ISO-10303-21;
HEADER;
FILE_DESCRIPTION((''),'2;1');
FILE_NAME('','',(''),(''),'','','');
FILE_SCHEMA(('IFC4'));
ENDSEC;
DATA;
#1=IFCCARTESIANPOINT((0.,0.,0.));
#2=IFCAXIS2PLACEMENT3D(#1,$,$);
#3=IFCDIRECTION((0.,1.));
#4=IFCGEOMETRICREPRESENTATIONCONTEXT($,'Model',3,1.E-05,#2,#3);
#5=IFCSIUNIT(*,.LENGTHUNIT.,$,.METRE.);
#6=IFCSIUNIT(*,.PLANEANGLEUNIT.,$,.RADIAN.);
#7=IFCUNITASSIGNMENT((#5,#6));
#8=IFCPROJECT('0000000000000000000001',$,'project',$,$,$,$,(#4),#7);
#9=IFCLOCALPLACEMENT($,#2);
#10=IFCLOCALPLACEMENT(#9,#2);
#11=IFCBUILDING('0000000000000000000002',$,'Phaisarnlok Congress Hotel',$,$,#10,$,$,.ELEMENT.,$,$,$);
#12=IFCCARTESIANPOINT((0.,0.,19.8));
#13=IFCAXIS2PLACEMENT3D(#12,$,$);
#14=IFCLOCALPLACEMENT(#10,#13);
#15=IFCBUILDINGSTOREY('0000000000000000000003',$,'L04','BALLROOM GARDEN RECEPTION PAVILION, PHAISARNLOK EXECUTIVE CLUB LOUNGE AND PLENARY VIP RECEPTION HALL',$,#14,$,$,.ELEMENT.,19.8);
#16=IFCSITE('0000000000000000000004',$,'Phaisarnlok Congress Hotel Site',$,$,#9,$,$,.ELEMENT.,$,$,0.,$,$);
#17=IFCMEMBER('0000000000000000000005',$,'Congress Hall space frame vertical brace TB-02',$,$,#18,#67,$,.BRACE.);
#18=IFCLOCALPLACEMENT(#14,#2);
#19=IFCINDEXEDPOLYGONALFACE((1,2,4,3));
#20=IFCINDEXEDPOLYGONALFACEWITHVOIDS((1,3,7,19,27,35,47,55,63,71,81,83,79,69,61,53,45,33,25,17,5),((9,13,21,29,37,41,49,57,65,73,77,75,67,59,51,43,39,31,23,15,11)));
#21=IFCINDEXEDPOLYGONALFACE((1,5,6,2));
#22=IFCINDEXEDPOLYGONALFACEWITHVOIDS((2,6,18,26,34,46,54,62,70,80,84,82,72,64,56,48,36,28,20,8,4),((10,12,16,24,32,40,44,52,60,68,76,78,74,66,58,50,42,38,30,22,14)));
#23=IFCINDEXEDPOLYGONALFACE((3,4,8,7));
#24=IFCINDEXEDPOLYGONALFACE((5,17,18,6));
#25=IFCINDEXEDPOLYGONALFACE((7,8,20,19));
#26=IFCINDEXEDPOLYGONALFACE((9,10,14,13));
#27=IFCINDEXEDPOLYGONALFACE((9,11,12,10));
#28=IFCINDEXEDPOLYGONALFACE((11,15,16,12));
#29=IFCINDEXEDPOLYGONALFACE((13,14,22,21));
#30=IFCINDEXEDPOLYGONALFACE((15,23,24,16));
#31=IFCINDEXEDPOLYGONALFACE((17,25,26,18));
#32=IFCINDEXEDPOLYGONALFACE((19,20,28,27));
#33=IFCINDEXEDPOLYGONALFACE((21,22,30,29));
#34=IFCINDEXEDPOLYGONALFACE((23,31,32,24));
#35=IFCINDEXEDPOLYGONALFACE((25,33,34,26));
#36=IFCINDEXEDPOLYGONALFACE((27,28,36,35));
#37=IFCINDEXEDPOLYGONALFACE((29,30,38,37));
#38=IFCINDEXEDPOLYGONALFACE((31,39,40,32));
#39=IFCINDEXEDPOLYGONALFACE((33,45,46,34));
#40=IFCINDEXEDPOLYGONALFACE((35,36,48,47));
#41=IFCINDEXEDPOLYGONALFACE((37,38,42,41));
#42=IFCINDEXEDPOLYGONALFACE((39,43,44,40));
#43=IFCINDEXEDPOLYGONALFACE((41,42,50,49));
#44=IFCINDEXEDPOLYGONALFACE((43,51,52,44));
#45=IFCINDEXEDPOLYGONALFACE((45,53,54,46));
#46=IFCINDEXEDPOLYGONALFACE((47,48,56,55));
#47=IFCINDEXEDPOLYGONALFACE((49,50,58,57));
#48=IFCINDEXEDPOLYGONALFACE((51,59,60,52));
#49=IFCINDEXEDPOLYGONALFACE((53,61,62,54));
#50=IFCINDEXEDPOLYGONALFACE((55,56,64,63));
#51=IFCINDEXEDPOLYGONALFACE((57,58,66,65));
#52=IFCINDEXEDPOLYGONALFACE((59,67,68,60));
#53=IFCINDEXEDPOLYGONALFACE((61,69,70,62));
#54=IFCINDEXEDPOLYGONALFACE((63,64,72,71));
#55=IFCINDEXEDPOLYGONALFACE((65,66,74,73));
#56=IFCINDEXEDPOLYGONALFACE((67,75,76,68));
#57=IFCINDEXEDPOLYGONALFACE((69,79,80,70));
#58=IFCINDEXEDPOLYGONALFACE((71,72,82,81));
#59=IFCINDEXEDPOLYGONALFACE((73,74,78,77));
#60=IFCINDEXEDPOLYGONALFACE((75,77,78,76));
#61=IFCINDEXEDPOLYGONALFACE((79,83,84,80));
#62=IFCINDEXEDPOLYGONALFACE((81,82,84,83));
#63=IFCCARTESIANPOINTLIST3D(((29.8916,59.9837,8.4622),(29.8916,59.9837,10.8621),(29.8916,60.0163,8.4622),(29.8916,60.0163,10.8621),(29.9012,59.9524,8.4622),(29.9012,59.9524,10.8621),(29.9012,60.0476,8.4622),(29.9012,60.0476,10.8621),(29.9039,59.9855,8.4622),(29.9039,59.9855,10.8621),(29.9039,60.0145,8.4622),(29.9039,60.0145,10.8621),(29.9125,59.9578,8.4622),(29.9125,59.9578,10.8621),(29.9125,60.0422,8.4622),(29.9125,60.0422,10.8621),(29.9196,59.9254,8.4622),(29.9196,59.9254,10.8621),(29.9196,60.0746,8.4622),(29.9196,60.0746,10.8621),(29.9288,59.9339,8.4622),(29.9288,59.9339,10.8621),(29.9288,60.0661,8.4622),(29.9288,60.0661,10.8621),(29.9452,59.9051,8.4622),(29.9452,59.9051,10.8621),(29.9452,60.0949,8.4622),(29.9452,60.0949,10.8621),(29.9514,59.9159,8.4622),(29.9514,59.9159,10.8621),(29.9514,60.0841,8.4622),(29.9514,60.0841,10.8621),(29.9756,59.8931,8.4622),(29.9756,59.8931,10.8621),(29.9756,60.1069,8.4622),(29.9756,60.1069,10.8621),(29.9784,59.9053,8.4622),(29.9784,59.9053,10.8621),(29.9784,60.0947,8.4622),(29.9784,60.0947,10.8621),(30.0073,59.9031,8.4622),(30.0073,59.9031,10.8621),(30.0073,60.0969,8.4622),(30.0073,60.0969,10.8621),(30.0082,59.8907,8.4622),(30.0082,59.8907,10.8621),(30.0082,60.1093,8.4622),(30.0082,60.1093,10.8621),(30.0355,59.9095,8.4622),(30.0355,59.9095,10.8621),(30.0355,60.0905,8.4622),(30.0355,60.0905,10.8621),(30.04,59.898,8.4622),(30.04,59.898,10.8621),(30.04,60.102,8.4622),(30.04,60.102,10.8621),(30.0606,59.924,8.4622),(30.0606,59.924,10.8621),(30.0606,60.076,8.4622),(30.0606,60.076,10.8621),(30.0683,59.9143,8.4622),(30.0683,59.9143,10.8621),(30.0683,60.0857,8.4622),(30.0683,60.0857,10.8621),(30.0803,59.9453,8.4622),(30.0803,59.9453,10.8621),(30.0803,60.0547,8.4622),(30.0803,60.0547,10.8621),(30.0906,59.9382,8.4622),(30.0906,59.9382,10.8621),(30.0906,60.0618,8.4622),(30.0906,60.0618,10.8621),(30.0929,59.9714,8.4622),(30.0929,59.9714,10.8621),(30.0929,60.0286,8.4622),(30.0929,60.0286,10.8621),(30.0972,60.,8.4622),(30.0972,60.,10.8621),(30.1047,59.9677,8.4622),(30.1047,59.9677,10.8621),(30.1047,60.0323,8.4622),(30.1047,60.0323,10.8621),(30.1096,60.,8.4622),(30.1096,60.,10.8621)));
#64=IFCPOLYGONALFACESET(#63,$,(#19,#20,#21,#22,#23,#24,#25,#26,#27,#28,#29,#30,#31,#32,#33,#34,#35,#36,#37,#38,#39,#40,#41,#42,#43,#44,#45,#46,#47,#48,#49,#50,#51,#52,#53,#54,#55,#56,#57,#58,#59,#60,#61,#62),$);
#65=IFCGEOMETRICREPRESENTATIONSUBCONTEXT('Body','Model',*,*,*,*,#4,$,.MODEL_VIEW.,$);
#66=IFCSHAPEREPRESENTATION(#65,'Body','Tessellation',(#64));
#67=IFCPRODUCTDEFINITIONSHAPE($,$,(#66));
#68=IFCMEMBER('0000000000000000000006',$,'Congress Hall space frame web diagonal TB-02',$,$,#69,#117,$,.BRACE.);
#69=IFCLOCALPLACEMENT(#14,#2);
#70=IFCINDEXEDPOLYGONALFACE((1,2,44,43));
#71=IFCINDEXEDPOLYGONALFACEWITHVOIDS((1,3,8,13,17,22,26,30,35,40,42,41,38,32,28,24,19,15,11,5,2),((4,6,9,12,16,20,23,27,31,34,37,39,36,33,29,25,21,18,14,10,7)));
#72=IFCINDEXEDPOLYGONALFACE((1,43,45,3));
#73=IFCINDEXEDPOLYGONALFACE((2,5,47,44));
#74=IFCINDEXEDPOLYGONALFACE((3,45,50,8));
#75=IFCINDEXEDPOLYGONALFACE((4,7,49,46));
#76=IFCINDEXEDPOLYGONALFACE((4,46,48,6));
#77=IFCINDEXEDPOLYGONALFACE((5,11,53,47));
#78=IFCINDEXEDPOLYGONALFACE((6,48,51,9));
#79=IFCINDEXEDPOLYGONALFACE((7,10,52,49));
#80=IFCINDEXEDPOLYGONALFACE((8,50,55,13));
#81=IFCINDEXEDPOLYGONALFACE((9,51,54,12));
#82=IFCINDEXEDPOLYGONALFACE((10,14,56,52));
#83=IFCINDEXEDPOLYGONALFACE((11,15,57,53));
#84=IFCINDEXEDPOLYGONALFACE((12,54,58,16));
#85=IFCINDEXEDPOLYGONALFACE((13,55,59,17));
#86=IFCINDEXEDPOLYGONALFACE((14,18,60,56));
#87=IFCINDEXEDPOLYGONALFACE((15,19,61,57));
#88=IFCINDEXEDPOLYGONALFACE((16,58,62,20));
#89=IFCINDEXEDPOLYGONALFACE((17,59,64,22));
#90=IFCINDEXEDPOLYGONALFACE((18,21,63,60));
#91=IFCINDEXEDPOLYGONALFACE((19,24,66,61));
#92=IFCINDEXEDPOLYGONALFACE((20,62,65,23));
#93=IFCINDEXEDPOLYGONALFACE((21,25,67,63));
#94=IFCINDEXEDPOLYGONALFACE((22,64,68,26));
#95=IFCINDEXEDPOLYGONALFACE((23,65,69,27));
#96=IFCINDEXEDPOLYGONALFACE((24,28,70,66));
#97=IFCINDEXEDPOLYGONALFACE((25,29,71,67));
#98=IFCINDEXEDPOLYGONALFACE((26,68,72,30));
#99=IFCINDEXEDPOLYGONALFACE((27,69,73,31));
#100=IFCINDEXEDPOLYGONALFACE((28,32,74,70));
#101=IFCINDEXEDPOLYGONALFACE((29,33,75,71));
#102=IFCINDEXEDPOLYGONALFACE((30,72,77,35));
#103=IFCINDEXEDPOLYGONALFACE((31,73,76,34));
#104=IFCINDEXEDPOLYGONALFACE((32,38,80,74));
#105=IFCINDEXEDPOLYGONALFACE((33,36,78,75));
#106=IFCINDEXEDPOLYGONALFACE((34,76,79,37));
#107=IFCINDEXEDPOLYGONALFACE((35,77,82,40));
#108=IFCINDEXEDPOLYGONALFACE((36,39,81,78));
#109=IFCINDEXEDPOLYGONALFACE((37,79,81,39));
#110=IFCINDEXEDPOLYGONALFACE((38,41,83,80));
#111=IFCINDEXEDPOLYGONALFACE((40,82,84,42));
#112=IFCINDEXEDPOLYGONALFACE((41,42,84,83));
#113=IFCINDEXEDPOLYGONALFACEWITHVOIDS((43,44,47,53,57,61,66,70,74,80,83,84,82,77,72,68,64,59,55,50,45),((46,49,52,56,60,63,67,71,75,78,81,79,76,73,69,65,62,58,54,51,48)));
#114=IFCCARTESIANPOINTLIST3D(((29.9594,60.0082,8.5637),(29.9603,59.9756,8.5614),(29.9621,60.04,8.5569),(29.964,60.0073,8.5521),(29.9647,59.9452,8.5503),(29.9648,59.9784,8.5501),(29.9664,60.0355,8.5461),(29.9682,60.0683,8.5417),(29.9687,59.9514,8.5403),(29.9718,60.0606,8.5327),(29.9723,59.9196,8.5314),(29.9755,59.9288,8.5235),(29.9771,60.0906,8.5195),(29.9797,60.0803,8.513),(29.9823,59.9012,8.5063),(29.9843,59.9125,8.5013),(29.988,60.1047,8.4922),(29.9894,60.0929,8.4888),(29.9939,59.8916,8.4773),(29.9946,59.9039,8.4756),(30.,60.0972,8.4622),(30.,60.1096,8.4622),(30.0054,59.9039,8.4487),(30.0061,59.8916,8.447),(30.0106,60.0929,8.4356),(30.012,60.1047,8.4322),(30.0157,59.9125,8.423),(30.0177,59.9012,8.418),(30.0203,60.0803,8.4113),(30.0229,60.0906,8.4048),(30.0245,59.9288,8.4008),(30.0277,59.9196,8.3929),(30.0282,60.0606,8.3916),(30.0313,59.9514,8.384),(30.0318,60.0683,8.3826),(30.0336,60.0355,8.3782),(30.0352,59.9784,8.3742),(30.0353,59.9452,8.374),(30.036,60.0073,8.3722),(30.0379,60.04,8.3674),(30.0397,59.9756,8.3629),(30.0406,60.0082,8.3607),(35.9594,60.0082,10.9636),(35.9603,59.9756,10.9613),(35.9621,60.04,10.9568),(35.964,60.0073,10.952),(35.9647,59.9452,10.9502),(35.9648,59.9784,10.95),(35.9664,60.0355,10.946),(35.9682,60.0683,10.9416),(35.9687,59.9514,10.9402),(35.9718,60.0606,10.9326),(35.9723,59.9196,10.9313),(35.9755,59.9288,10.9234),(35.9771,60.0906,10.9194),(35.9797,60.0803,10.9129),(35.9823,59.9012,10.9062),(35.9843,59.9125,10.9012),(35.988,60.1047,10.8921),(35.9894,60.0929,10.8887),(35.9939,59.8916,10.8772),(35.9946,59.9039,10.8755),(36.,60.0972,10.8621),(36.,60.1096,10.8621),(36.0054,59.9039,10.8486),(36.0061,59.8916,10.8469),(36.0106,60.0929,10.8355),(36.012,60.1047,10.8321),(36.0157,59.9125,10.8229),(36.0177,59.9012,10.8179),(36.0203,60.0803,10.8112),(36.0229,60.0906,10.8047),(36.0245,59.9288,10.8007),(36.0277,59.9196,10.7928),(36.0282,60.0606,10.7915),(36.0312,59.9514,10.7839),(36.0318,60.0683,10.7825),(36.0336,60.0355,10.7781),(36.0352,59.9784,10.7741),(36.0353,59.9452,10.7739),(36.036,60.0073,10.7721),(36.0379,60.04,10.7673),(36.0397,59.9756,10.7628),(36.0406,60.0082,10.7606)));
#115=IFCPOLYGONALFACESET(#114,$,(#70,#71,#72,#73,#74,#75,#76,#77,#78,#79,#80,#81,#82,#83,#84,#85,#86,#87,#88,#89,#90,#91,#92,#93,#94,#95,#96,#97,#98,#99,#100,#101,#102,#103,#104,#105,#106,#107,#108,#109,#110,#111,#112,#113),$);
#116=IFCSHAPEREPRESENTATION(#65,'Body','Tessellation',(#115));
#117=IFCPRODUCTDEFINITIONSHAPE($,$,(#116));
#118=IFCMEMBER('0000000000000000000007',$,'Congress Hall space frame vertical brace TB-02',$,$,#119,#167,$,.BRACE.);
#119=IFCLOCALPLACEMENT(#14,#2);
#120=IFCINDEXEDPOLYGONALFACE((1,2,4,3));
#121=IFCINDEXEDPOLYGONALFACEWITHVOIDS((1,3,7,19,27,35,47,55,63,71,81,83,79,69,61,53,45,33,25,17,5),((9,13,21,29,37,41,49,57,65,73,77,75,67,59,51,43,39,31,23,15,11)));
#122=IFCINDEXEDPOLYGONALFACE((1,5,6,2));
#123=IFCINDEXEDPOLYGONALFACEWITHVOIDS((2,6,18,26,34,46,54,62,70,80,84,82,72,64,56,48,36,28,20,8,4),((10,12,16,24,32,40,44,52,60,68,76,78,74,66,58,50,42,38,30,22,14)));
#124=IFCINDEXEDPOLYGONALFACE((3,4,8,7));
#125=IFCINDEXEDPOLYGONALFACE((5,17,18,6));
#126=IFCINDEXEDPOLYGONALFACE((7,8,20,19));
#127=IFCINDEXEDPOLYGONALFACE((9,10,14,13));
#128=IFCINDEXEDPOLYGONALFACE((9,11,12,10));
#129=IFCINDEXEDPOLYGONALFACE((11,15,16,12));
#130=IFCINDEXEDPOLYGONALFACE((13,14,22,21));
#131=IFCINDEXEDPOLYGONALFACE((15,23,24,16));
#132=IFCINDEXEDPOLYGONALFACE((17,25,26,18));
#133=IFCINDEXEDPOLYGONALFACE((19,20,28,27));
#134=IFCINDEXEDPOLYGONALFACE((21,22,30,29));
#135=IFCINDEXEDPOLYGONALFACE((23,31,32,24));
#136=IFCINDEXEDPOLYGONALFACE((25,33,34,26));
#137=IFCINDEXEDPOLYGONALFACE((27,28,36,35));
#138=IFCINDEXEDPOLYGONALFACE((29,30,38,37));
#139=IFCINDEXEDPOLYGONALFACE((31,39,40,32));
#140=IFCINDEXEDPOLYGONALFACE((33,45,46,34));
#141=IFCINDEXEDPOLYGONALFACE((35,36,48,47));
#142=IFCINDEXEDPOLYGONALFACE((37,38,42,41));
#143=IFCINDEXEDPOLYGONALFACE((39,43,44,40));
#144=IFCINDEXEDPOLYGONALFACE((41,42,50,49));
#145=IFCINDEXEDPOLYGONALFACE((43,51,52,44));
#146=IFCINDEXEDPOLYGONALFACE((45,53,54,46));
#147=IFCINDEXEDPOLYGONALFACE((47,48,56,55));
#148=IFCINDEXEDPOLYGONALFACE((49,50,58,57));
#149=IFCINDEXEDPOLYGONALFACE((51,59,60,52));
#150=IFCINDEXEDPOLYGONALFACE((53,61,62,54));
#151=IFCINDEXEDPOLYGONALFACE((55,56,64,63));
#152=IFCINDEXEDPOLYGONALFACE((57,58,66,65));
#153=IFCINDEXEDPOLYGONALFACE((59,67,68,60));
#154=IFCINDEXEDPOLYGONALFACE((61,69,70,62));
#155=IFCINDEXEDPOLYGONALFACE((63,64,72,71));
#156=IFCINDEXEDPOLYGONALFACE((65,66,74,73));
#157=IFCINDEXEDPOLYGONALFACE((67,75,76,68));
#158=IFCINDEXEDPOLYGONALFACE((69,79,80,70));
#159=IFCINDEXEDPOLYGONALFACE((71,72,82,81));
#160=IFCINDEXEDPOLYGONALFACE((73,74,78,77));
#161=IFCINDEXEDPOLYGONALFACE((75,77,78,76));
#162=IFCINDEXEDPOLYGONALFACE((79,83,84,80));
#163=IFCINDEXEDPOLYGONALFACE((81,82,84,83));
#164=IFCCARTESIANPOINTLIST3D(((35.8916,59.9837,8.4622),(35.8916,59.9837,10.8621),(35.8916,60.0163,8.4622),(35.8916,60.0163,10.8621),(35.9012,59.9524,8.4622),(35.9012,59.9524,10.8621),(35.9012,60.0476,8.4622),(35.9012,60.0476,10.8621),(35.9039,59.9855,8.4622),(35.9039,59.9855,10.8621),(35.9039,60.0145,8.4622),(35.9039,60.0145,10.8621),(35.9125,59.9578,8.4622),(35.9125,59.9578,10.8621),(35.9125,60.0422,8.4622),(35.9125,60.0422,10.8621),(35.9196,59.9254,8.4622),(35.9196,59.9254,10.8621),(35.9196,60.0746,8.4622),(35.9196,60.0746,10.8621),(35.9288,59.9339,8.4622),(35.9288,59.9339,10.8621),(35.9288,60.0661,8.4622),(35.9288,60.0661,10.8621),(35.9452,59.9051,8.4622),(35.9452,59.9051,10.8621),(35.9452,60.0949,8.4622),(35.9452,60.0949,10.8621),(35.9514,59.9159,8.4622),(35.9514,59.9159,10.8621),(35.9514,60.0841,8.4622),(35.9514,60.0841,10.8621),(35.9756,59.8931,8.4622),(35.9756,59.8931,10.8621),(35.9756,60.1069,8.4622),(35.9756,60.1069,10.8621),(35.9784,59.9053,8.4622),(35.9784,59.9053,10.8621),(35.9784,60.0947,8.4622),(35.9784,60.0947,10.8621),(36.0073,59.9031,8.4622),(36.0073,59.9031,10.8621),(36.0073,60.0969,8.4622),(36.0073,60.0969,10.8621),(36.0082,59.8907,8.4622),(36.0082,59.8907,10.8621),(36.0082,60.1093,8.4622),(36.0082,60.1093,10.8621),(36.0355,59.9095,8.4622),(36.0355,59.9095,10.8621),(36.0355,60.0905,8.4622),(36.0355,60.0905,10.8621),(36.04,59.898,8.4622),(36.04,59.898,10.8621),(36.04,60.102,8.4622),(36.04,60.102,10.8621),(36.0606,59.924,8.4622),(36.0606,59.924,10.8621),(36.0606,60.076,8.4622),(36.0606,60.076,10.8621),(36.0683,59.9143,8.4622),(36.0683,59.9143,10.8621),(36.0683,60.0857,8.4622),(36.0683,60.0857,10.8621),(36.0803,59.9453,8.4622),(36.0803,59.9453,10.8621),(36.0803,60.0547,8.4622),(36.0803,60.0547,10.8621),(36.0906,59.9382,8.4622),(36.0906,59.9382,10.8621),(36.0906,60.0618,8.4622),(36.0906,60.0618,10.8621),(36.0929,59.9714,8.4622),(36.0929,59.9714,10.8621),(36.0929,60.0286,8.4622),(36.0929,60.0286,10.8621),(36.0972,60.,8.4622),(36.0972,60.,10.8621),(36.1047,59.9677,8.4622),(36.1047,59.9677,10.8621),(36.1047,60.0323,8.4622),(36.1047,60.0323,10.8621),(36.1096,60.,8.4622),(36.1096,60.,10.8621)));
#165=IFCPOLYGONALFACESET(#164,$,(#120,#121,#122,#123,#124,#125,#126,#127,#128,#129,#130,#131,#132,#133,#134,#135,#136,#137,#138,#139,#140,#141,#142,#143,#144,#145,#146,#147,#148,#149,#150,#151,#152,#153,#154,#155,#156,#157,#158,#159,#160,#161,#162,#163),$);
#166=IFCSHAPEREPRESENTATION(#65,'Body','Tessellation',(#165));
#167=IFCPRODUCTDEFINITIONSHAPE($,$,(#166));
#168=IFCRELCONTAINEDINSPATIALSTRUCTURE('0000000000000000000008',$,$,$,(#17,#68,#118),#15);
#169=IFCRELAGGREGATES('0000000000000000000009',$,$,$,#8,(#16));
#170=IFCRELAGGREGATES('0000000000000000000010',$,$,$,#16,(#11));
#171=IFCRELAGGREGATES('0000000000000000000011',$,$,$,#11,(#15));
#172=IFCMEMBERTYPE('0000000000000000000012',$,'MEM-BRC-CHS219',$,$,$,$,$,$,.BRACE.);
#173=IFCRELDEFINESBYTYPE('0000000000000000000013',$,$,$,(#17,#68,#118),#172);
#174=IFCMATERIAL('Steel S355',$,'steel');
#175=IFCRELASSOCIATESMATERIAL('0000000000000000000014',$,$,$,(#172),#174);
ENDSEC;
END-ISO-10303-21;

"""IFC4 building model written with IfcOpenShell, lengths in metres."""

from ifc_helpers import new_model, si_unit, direction, frame, origin, origin_2d, place, context, subcontext, project, spatial, hollow_circle, extrude, material, material_profile, profile_set, type_object, element, save


model = new_model("IFC4")

# Units and contexts
model_context = context("Model", 3, precision=1e-05, world=origin(), true_north=direction((0.0, 1.0)))
body_context = subcontext(model_context, "Body", "Model", "MODEL_VIEW")
ifc_project = project(units=[si_unit("LENGTHUNIT", "METRE"), si_unit("PLANEANGLEUNIT", "RADIAN")], contexts=[model_context])

# Site, building, storey
site_placement = place(None, origin())
site = spatial("IfcSite", under=ifc_project, at=site_placement, Name="Phaisarnlok Congress Hotel Site", CompositionType="ELEMENT", RefElevation=0.0)
building_placement = place(site_placement, origin())
building = spatial("IfcBuilding", under=site, at=building_placement, Name="Phaisarnlok Congress Hotel", CompositionType="ELEMENT")
storey_placement = place(building_placement, frame((0.0, 0.0, 19.8)))
storey = spatial("IfcBuildingStorey", under=building, at=storey_placement, Name="L04", Description="BALLROOM GARDEN RECEPTION PAVILION, PHAISARNLOK EXECUTIVE CLUB LOUNGE AND PLENARY VIP RECEPTION HALL", CompositionType="ELEMENT", Elevation=19.8)

# Members
ifc_material = material(Name="Steel S355", Category="steel")
ifc_material_profile_1 = material_profile(ifc_material, hollow_circle(Radius=0.1096, WallThickness=0.0125, at=origin_2d()), Name="CHS 219.1x12.5")
ifc_profile_set_1 = profile_set([ifc_material_profile_1], Name="Steel S355")
member_type_1 = type_object("IfcMemberType", Name="MEM-BRC-CHS219", PredefinedType="BRACE", material=ifc_profile_set_1)
member_1_placement = place(storey_placement, frame((30.0, 60.0, 8.4622), z_axis=(0.0, 0.0, 1.0), x_axis=(1.0, 0.0, 0.0)))
element("IfcMember", 1, at=member_1_placement, inside=storey, type_object=member_type_1, Name="Congress Hall space frame vertical brace TB-02", PredefinedType="BRACE", context=body_context, shape_type="SweptSolid", body=[
    extrude(hollow_circle(Radius=0.1096, WallThickness=0.0125, at=origin_2d()), origin(), (0.0, 0.0, 1.0), 2.3999),
])
member_2_placement = place(storey_placement, frame((30.0, 60.0, 8.4622), z_axis=(0.928482, 0.0, 0.371378), x_axis=(0.0, 1.0, 0.0)))
element("IfcMember", 2, at=member_2_placement, inside=storey, type_object=member_type_1, Name="Congress Hall space frame web diagonal TB-02", PredefinedType="BRACE", context=body_context, shape_type="SweptSolid", body=[
    extrude(hollow_circle(Radius=0.1096, WallThickness=0.0125, at=origin_2d()), origin(), (0.0, 0.0, 1.0), 6.4622),
])
member_3_placement = place(storey_placement, frame((36.0, 60.0, 8.4622), z_axis=(0.0, 0.0, 1.0), x_axis=(1.0, 0.0, 0.0)))
element("IfcMember", 3, at=member_3_placement, inside=storey, type_object=member_type_1, Name="Congress Hall space frame vertical brace TB-02", PredefinedType="BRACE", context=body_context, shape_type="SweptSolid", body=[
    extrude(hollow_circle(Radius=0.1096, WallThickness=0.0125, at=origin_2d()), origin(), (0.0, 0.0, 1.0), 2.3999),
])

save(model, "model.ifc")
